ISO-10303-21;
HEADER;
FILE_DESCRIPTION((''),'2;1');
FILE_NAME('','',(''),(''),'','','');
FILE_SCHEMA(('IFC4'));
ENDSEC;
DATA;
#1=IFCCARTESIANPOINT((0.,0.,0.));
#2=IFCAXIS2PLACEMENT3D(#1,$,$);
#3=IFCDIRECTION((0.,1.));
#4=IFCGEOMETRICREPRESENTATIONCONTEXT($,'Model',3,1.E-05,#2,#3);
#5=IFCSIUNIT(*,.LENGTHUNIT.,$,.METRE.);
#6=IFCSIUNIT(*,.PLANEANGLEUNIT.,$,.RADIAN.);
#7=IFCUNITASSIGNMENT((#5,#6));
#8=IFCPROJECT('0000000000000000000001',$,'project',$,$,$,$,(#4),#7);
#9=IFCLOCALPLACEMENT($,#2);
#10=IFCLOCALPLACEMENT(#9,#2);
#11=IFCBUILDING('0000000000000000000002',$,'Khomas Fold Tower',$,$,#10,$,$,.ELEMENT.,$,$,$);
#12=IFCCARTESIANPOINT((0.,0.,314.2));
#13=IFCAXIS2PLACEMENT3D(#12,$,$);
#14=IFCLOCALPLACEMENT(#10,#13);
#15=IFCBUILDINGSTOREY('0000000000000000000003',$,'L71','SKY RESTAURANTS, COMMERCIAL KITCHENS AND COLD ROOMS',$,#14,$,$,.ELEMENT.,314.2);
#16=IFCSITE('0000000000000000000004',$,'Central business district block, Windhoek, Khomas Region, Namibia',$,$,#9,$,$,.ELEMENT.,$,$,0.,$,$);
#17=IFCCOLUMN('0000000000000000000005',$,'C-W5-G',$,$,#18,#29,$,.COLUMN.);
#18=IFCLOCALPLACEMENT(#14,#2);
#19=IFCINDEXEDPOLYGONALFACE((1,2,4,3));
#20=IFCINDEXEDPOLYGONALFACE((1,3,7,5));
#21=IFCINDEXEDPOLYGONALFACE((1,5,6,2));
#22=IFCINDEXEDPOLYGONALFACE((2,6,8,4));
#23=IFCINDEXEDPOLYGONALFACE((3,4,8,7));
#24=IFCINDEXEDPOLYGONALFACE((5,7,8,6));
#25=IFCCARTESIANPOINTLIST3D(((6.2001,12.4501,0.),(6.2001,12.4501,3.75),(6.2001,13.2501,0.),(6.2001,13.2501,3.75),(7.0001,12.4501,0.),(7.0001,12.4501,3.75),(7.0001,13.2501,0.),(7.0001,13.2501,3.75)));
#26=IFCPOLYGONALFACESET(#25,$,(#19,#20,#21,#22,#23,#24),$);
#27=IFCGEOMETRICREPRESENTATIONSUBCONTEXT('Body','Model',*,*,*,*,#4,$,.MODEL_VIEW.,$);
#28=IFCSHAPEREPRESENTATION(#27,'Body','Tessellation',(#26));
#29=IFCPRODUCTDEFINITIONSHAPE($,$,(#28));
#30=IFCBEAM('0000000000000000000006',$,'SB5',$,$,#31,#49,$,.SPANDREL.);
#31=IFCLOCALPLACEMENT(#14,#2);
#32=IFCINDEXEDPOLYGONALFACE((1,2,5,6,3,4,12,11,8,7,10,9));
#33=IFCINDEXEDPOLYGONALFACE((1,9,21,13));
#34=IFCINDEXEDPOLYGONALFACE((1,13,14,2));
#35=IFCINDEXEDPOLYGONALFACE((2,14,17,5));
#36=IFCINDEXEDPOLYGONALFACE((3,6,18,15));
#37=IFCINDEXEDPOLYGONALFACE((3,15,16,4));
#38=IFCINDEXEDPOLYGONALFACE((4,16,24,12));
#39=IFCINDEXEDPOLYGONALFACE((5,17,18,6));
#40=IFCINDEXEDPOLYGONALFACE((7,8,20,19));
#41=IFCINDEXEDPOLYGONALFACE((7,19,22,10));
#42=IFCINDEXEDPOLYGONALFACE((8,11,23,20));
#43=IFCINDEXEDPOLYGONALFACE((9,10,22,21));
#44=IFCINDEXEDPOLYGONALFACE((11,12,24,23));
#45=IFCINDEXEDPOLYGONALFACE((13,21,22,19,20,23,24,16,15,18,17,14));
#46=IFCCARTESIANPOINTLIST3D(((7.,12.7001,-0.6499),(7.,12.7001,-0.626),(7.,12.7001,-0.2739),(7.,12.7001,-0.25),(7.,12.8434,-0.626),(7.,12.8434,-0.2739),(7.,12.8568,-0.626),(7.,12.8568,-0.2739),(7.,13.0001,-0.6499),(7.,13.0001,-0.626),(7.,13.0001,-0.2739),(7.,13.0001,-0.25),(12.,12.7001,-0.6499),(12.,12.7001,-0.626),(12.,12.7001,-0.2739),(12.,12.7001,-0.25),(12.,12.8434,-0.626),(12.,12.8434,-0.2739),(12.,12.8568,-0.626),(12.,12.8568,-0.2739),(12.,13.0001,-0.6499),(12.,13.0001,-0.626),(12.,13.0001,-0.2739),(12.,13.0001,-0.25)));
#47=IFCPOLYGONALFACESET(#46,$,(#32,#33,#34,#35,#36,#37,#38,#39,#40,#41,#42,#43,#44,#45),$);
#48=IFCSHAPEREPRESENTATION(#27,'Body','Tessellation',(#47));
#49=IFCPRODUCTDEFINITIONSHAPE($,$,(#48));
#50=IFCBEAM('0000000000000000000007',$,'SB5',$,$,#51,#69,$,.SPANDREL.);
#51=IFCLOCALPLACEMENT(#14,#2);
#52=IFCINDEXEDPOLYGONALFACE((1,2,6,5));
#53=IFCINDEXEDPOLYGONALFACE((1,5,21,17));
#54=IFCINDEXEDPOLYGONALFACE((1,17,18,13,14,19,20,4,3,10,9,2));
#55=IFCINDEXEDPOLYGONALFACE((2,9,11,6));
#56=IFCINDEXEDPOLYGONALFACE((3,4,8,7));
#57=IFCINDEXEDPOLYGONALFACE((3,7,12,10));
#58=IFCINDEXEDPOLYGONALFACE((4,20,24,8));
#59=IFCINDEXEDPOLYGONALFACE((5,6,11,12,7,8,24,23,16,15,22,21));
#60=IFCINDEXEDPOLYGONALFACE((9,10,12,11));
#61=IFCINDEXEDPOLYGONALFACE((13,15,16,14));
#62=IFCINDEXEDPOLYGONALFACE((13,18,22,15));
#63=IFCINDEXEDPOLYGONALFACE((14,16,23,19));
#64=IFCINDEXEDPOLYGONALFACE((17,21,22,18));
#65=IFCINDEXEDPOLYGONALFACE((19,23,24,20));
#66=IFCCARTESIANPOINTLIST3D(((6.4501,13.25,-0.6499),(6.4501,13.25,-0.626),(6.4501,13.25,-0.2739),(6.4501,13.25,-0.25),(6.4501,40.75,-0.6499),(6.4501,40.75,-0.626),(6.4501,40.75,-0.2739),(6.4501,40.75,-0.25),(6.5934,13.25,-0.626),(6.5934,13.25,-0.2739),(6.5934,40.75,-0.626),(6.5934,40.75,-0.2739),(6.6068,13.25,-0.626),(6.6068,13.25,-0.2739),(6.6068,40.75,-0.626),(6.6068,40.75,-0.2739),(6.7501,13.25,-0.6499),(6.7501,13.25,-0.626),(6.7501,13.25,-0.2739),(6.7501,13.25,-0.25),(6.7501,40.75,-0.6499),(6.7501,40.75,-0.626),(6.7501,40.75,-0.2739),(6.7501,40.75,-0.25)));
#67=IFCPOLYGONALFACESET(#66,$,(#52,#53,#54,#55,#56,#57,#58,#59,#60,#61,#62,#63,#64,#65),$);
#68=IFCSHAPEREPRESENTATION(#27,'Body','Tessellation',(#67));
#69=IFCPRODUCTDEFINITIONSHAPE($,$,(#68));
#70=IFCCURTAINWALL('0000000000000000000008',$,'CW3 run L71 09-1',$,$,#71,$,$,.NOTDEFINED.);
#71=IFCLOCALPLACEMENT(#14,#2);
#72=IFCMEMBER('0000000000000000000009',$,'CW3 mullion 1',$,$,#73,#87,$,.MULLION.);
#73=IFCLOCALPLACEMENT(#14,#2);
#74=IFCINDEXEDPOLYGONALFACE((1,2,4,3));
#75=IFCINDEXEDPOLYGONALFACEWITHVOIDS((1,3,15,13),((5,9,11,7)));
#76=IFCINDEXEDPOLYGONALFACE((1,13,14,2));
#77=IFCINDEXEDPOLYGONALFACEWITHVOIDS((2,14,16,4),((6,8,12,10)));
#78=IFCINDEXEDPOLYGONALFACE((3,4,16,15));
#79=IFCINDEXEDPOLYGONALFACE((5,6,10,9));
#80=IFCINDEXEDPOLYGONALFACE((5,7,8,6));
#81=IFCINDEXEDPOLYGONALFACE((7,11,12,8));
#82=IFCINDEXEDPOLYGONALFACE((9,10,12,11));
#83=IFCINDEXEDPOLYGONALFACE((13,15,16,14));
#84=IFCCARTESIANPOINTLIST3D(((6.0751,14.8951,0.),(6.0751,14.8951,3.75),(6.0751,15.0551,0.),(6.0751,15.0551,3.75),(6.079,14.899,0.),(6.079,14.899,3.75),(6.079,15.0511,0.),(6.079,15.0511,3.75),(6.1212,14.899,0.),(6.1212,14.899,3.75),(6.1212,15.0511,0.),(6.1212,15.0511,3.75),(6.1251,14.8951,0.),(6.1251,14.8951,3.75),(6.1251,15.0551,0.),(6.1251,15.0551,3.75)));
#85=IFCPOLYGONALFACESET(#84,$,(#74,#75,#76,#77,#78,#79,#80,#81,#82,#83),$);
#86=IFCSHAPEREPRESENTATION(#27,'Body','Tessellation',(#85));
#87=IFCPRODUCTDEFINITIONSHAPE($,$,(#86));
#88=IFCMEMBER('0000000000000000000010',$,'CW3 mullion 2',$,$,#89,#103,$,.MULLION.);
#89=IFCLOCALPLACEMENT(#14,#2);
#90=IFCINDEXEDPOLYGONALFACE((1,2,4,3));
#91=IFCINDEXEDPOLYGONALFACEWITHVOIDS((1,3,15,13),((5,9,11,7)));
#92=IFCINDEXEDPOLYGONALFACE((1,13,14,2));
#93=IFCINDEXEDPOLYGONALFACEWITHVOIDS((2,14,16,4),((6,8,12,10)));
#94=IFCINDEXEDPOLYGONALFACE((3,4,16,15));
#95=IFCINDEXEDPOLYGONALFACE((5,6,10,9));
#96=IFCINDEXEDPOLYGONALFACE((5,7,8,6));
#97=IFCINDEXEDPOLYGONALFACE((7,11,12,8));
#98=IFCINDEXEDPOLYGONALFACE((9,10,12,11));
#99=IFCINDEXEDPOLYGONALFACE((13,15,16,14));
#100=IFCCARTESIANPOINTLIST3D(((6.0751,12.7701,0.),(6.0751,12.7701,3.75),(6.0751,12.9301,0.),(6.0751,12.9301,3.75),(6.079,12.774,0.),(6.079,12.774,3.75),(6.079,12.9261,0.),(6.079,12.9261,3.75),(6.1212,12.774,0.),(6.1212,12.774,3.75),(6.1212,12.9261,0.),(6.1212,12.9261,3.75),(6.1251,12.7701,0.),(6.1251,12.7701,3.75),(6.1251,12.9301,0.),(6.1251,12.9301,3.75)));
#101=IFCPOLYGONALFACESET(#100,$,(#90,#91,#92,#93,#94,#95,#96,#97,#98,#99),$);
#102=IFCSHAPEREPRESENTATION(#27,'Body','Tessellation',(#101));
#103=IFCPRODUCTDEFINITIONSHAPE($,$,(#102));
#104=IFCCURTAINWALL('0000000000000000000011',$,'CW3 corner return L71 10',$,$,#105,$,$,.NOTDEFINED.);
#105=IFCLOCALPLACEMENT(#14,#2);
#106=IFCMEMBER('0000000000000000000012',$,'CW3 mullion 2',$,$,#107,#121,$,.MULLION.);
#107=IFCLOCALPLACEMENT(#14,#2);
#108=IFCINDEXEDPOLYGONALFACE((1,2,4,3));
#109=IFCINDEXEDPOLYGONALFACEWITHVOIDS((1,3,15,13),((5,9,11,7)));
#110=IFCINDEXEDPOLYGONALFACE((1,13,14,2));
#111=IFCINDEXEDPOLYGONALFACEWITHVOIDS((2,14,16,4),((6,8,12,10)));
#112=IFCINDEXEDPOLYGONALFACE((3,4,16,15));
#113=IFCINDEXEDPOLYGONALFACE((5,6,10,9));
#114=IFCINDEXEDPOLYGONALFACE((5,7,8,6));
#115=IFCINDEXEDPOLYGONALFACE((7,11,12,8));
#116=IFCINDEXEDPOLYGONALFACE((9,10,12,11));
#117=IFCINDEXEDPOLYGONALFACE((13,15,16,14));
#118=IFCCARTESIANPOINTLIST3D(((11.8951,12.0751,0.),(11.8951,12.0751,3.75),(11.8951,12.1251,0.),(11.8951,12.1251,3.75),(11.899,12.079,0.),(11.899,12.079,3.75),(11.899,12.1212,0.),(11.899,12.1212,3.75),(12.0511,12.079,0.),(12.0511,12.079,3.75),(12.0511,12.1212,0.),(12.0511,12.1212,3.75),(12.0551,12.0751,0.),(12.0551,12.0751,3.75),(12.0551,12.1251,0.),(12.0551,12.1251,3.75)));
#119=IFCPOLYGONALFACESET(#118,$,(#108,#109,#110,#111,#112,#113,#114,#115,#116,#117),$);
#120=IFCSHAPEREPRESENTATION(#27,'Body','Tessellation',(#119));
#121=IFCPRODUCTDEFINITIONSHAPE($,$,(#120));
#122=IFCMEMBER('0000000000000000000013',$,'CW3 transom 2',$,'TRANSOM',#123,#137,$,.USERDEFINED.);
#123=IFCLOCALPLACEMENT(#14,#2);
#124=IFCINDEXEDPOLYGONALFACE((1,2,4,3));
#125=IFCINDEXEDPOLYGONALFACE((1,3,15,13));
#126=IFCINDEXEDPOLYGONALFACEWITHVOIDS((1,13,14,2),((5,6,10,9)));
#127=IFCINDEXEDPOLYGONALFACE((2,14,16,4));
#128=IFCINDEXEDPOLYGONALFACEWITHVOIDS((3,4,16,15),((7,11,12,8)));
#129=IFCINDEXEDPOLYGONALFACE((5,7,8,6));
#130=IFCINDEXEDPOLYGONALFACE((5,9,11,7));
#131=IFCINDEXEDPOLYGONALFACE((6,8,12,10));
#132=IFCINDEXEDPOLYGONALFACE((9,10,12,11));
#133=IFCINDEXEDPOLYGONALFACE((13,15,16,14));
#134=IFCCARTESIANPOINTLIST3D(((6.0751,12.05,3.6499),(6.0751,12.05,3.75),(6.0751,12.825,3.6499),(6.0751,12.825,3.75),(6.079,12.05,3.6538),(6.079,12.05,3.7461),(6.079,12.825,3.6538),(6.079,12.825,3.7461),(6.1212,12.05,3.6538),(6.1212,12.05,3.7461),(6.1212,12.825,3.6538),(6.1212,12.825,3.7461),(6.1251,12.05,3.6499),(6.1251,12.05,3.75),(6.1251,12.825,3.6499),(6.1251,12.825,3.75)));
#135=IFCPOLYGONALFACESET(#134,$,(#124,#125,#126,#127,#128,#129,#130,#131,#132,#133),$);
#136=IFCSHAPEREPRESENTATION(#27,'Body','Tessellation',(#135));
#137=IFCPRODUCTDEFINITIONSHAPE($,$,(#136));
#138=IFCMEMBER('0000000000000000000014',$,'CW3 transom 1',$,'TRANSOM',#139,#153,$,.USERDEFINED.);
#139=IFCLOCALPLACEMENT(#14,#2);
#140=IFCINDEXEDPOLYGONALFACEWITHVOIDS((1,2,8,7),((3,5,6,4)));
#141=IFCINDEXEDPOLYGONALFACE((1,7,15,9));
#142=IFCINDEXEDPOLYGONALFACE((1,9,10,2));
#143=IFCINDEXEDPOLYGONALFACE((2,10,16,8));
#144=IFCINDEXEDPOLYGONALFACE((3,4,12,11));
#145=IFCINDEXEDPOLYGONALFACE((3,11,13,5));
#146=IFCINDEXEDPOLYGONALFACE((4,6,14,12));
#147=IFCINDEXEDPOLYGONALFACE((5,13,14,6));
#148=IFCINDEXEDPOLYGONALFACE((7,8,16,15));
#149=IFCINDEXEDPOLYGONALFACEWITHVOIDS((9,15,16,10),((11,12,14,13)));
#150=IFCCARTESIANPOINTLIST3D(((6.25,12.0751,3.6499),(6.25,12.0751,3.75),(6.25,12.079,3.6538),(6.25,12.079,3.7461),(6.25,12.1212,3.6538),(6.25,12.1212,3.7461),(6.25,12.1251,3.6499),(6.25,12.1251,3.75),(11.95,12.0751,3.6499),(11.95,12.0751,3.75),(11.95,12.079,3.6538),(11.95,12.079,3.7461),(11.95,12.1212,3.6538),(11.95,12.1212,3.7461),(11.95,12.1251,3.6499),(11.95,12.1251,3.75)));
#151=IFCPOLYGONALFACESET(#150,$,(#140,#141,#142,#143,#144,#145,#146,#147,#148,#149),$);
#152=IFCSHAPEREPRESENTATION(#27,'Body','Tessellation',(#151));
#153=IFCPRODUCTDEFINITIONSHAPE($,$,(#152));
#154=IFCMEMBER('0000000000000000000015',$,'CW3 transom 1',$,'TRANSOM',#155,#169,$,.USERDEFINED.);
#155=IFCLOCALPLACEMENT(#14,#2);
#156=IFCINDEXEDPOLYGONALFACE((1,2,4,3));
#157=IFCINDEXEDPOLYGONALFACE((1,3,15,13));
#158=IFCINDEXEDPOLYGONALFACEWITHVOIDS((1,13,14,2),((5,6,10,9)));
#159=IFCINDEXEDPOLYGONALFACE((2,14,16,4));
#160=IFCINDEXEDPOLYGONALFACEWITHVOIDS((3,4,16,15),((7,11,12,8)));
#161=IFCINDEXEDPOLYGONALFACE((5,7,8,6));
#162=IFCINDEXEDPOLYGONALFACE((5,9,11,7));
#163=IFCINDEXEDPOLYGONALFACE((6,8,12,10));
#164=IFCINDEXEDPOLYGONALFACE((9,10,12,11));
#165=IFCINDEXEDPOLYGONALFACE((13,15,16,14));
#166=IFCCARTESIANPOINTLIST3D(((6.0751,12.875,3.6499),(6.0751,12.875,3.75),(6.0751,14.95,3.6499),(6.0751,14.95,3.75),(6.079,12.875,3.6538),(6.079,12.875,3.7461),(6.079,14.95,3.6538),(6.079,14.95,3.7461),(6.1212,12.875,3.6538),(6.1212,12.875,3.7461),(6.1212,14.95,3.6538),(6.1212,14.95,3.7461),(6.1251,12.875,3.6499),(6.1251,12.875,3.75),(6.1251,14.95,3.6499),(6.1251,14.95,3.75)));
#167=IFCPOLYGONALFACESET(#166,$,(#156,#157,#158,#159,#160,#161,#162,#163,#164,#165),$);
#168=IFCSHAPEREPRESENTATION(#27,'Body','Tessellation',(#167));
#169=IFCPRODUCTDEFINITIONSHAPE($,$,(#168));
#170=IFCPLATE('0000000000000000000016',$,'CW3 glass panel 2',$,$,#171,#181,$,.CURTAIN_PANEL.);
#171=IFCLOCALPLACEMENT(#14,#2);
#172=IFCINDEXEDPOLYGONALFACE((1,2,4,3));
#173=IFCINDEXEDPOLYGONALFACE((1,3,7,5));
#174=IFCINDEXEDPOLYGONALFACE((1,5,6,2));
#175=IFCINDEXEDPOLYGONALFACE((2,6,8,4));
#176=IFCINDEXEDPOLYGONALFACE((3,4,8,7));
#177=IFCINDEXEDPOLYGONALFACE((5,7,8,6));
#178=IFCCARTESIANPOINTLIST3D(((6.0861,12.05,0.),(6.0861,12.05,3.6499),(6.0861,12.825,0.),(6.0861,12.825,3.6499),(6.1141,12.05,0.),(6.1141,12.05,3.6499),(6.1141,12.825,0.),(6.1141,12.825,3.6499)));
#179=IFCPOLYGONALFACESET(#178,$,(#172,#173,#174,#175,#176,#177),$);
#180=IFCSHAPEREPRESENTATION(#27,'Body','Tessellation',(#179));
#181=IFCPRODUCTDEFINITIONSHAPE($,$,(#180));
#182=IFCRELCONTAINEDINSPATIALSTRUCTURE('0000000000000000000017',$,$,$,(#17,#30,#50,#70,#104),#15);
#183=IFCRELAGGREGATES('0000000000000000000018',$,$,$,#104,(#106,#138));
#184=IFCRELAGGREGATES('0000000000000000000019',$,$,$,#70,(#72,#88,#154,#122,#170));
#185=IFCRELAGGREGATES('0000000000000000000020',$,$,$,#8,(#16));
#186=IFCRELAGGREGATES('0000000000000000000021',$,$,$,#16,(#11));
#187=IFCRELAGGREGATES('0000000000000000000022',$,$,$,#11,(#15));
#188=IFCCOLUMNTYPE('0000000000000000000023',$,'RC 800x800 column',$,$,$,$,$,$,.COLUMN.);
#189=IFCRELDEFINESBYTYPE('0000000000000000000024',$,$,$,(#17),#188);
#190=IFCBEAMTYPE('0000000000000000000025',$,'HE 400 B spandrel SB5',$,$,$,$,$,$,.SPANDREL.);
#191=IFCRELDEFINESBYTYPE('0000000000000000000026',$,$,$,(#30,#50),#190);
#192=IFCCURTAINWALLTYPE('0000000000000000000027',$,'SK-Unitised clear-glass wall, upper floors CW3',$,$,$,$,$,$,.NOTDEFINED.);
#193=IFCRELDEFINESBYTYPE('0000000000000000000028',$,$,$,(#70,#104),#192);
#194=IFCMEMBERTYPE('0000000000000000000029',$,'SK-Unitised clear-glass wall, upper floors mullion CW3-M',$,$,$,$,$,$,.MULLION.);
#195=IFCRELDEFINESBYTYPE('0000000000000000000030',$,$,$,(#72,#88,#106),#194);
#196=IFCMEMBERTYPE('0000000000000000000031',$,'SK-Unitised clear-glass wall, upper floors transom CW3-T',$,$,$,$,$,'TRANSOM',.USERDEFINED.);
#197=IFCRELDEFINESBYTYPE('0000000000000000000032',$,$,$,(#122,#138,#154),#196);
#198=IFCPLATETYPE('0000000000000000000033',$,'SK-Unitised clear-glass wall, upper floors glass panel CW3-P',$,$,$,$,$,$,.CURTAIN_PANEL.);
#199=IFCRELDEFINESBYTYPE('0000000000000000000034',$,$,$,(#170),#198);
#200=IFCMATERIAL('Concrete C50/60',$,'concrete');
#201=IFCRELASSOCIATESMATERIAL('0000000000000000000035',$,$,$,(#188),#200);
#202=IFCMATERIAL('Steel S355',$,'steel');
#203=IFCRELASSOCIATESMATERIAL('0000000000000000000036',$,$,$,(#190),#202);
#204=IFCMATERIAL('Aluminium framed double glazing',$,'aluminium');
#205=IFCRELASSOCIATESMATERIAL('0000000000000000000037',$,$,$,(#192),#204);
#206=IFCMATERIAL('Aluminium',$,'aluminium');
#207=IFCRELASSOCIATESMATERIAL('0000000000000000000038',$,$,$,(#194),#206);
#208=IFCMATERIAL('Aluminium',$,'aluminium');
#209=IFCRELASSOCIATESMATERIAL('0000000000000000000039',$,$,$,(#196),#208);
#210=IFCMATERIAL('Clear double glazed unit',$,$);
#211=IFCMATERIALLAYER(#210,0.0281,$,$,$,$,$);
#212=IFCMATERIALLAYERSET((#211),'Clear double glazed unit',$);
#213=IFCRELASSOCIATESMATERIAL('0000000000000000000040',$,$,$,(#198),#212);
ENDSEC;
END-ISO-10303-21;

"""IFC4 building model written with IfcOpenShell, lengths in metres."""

from ifc_helpers import new_model, si_unit, direction, frame, origin, origin_2d, place, context, subcontext, project, spatial, rectangle, hollow_rectangle, i_section, extrude, source, transform, mapped, material, layer, layer_set, material_profile, profile_set, type_object, element, aggregate, save


model = new_model("IFC4")

# Units and contexts
model_context = context("Model", 3, precision=1e-05, world=origin(), true_north=direction((0.0, 1.0)))
body_context = subcontext(model_context, "Body", "Model", "MODEL_VIEW")
ifc_project = project(units=[si_unit("LENGTHUNIT", "METRE"), si_unit("PLANEANGLEUNIT", "RADIAN")], contexts=[model_context])

# Site, building, storey
site_placement = place(None, origin())
site = spatial("IfcSite", under=ifc_project, at=site_placement, Name="Central business district block, Windhoek, Khomas Region, Namibia", CompositionType="ELEMENT", RefElevation=0.0)
building_placement = place(site_placement, origin())
building = spatial("IfcBuilding", under=site, at=building_placement, Name="Khomas Fold Tower", CompositionType="ELEMENT")
storey_placement = place(building_placement, frame((0.0, 0.0, 314.2)))
storey = spatial("IfcBuildingStorey", under=building, at=storey_placement, Name="L71", Description="SKY RESTAURANTS, COMMERCIAL KITCHENS AND COLD ROOMS", CompositionType="ELEMENT", Elevation=314.2)

# Column
ifc_material_1 = material(Name="Concrete C50/60", Category="concrete")
ifc_material_profile_1 = material_profile(ifc_material_1, rectangle(XDim=0.8, YDim=0.8, at=origin_2d()), Name="RC 800x800")
ifc_profile_set_1 = profile_set([ifc_material_profile_1], Name="Concrete C50/60")
column_type = type_object("IfcColumnType", Name="RC 800x800 column", PredefinedType="COLUMN", material=ifc_profile_set_1)
shared_shape_1 = source(origin(), body_context, "Body", "SweptSolid", [
    extrude(rectangle(XDim=0.8, YDim=0.8, at=origin_2d()), origin(), (0.0, 0.0, 1.0), 3.75),
])
column_placement = place(storey_placement, frame((6.6001, 12.8501, 0.0), z_axis=(0.0, 0.0, 1.0), x_axis=(1.0, 0.0, 0.0)))
element("IfcColumn", 1, at=column_placement, inside=storey, type_object=column_type, Name="C-W5-G", PredefinedType="COLUMN", context=body_context, shape_type="MappedRepresentation", body=[
    mapped(shared_shape_1, transform((0.0, 0.0, 0.0))),
])

# Beams
ifc_material_2 = material(Name="Steel S355", Category="steel")
ifc_material_profile_2 = material_profile(ifc_material_2, i_section(OverallWidth=0.3, OverallDepth=0.3999, WebThickness=0.0134, FlangeThickness=0.0239, at=origin_2d()), Name="HE 400 B")
ifc_profile_set_2 = profile_set([ifc_material_profile_2], Name="Steel S355")
beam_type = type_object("IfcBeamType", Name="HE 400 B spandrel SB5", PredefinedType="SPANDREL", material=ifc_profile_set_2)
shared_shape_2 = source(origin(), body_context, "Body", "SweptSolid", [
    extrude(i_section(OverallWidth=0.3, OverallDepth=0.3999, WebThickness=0.0134, FlangeThickness=0.0239, at=origin_2d()), origin(), (0.0, 0.0, 1.0), 5.0),
])
beam_1_placement = place(storey_placement, frame((7.0, 12.8501, -0.45), z_axis=(1.0, 0.0, 0.0), x_axis=(0.0, 1.0, 0.0)))
element("IfcBeam", 2, at=beam_1_placement, inside=storey, type_object=beam_type, Name="SB5", PredefinedType="SPANDREL", context=body_context, shape_type="MappedRepresentation", body=[
    mapped(shared_shape_2, transform((0.0, 0.0, 0.0))),
])
shared_shape_3 = source(origin(), body_context, "Body", "SweptSolid", [
    extrude(i_section(OverallWidth=0.3, OverallDepth=0.3999, WebThickness=0.0134, FlangeThickness=0.0239, at=origin_2d()), origin(), (0.0, 0.0, 1.0), 27.5),
])
beam_2_placement = place(storey_placement, frame((6.6001, 13.25, -0.45), z_axis=(0.0, 1.0, 0.0), x_axis=(-1.0, 0.0, 0.0)))
element("IfcBeam", 3, at=beam_2_placement, inside=storey, type_object=beam_type, Name="SB5", PredefinedType="SPANDREL", context=body_context, shape_type="MappedRepresentation", body=[
    mapped(shared_shape_3, transform((0.0, 0.0, 0.0))),
])

# Curtain wall, members
ifc_material_3 = material(Name="Aluminium framed double glazing", Category="aluminium")
curtain_wall_type = type_object("IfcCurtainWallType", Name="SK-Unitised clear-glass wall, upper floors CW3", PredefinedType="NOTDEFINED", material=ifc_material_3)
curtain_wall_1_placement = place(storey_placement, origin())
curtain_wall_1 = element("IfcCurtainWall", 4, at=curtain_wall_1_placement, inside=storey, type_object=curtain_wall_type, Name="CW3 run L71 09-1", PredefinedType="NOTDEFINED")
ifc_material_4 = material(Name="Aluminium", Category="aluminium")
ifc_material_profile_3 = material_profile(ifc_material_4, hollow_rectangle(XDim=0.05, YDim=0.1599, WallThickness=0.0039, at=origin_2d()), Name="SK-Unitised clear-glass wall, upper floors mullion CW3-M")
ifc_profile_set_3 = profile_set([ifc_material_profile_3], Name="Aluminium")
member_type_1 = type_object("IfcMemberType", Name="SK-Unitised clear-glass wall, upper floors mullion CW3-M", PredefinedType="MULLION", material=ifc_profile_set_3)
shared_shape_4 = source(origin(), body_context, "Body", "SweptSolid", [
    extrude(hollow_rectangle(XDim=0.05, YDim=0.1599, WallThickness=0.0039, at=origin_2d()), origin(), (0.0, 0.0, 1.0), 3.75),
])
member_1_placement = place(storey_placement, frame((6.1001, 14.9751, 0.0), z_axis=(0.0, 0.0, 1.0), x_axis=(1.0, 0.0, 0.0)))
member_1 = element("IfcMember", 5, at=member_1_placement, type_object=member_type_1, Name="CW3 mullion 1", PredefinedType="MULLION", context=body_context, shape_type="MappedRepresentation", body=[
    mapped(shared_shape_4, transform((0.0, 0.0, 0.0))),
])
member_2_placement = place(storey_placement, frame((6.1001, 12.8501, 0.0), z_axis=(0.0, 0.0, 1.0), x_axis=(1.0, 0.0, 0.0)))
member_2 = element("IfcMember", 6, at=member_2_placement, type_object=member_type_1, Name="CW3 mullion 2", PredefinedType="MULLION", context=body_context, shape_type="MappedRepresentation", body=[
    mapped(shared_shape_4, transform((0.0, 0.0, 0.0))),
])

# Curtain wall, member
curtain_wall_2_placement = place(storey_placement, origin())
curtain_wall_2 = element("IfcCurtainWall", 7, at=curtain_wall_2_placement, inside=storey, type_object=curtain_wall_type, Name="CW3 corner return L71 10", PredefinedType="NOTDEFINED")
member_3_placement = place(storey_placement, frame((11.9751, 12.1001, 0.0), z_axis=(0.0, 0.0, 1.0), x_axis=(0.0, 1.0, 0.0)))
member_3 = element("IfcMember", 8, at=member_3_placement, type_object=member_type_1, Name="CW3 mullion 2", PredefinedType="MULLION", context=body_context, shape_type="MappedRepresentation", body=[
    mapped(shared_shape_4, transform((0.0, 0.0, 0.0))),
])

# Members
ifc_material_5 = material(Name="Aluminium", Category="aluminium")
ifc_material_profile_4 = material_profile(ifc_material_5, hollow_rectangle(XDim=0.05, YDim=0.1001, WallThickness=0.0039, at=origin_2d()), Name="SK-Unitised clear-glass wall, upper floors transom CW3-T")
ifc_profile_set_4 = profile_set([ifc_material_profile_4], Name="Aluminium")
member_type_2 = type_object("IfcMemberType", Name="SK-Unitised clear-glass wall, upper floors transom CW3-T", ElementType="TRANSOM", PredefinedType="USERDEFINED", material=ifc_profile_set_4)
shared_shape_5 = source(origin(), body_context, "Body", "SweptSolid", [
    extrude(hollow_rectangle(XDim=0.05, YDim=0.1001, WallThickness=0.0039, at=origin_2d()), origin(), (0.0, 0.0, 1.0), 0.7749),
])
member_4_placement = place(storey_placement, frame((6.1001, 12.825, 3.7), z_axis=(0.0, -1.0, 0.0), x_axis=(1.0, 0.0, 0.0)))
member_4 = element("IfcMember", 9, at=member_4_placement, type_object=member_type_2, Name="CW3 transom 2", ObjectType="TRANSOM", PredefinedType="USERDEFINED", context=body_context, shape_type="MappedRepresentation", body=[
    mapped(shared_shape_5, transform((0.0, 0.0, 0.0))),
])
shared_shape_6 = source(origin(), body_context, "Body", "SweptSolid", [
    extrude(hollow_rectangle(XDim=0.05, YDim=0.1001, WallThickness=0.0039, at=origin_2d()), origin(), (0.0, 0.0, 1.0), 5.7),
])
member_5_placement = place(storey_placement, frame((6.25, 12.1001, 3.7), z_axis=(1.0, 0.0, 0.0), x_axis=(0.0, 1.0, 0.0)))
member_5 = element("IfcMember", 10, at=member_5_placement, type_object=member_type_2, Name="CW3 transom 1", ObjectType="TRANSOM", PredefinedType="USERDEFINED", context=body_context, shape_type="MappedRepresentation", body=[
    mapped(shared_shape_6, transform((0.0, 0.0, 0.0))),
])
shared_shape_7 = source(origin(), body_context, "Body", "SweptSolid", [
    extrude(hollow_rectangle(XDim=0.05, YDim=0.1001, WallThickness=0.0039, at=origin_2d()), origin(), (0.0, 0.0, 1.0), 2.075),
])
member_6_placement = place(storey_placement, frame((6.1001, 14.95, 3.7), z_axis=(0.0, -1.0, 0.0), x_axis=(1.0, 0.0, 0.0)))
member_6 = element("IfcMember", 11, at=member_6_placement, type_object=member_type_2, Name="CW3 transom 1", ObjectType="TRANSOM", PredefinedType="USERDEFINED", context=body_context, shape_type="MappedRepresentation", body=[
    mapped(shared_shape_7, transform((0.0, 0.0, 0.0))),
])

# Plate
ifc_material_6 = material(Name="Clear double glazed unit")
ifc_layer_1 = layer(ifc_material_6, 0.0281)
ifc_layer_set_1 = layer_set([ifc_layer_1], Name="Clear double glazed unit")
plate_type = type_object("IfcPlateType", Name="SK-Unitised clear-glass wall, upper floors glass panel CW3-P", PredefinedType="CURTAIN_PANEL", material=ifc_layer_set_1)
shared_shape_8 = source(origin(), body_context, "Body", "SweptSolid", [
    extrude(rectangle(XDim=0.7749, YDim=0.0281, at=origin_2d()), origin(), (0.0, 0.0, 1.0), 3.6499),
])
plate_1_placement = place(storey_placement, frame((6.1001, 12.4375, 0.0), z_axis=(0.0, 0.0, 1.0), x_axis=(0.0, -1.0, 0.0)))
plate_1 = element("IfcPlate", 12, at=plate_1_placement, type_object=plate_type, Name="CW3 glass panel 2", PredefinedType="CURTAIN_PANEL", context=body_context, shape_type="MappedRepresentation", body=[
    mapped(shared_shape_8, transform((0.0, 0.0, 0.0))),
])
aggregate(curtain_wall_2, [member_3, member_5])
aggregate(curtain_wall_1, [member_1, member_2, member_6, member_4, plate_1])

save(model, "model.ifc")
